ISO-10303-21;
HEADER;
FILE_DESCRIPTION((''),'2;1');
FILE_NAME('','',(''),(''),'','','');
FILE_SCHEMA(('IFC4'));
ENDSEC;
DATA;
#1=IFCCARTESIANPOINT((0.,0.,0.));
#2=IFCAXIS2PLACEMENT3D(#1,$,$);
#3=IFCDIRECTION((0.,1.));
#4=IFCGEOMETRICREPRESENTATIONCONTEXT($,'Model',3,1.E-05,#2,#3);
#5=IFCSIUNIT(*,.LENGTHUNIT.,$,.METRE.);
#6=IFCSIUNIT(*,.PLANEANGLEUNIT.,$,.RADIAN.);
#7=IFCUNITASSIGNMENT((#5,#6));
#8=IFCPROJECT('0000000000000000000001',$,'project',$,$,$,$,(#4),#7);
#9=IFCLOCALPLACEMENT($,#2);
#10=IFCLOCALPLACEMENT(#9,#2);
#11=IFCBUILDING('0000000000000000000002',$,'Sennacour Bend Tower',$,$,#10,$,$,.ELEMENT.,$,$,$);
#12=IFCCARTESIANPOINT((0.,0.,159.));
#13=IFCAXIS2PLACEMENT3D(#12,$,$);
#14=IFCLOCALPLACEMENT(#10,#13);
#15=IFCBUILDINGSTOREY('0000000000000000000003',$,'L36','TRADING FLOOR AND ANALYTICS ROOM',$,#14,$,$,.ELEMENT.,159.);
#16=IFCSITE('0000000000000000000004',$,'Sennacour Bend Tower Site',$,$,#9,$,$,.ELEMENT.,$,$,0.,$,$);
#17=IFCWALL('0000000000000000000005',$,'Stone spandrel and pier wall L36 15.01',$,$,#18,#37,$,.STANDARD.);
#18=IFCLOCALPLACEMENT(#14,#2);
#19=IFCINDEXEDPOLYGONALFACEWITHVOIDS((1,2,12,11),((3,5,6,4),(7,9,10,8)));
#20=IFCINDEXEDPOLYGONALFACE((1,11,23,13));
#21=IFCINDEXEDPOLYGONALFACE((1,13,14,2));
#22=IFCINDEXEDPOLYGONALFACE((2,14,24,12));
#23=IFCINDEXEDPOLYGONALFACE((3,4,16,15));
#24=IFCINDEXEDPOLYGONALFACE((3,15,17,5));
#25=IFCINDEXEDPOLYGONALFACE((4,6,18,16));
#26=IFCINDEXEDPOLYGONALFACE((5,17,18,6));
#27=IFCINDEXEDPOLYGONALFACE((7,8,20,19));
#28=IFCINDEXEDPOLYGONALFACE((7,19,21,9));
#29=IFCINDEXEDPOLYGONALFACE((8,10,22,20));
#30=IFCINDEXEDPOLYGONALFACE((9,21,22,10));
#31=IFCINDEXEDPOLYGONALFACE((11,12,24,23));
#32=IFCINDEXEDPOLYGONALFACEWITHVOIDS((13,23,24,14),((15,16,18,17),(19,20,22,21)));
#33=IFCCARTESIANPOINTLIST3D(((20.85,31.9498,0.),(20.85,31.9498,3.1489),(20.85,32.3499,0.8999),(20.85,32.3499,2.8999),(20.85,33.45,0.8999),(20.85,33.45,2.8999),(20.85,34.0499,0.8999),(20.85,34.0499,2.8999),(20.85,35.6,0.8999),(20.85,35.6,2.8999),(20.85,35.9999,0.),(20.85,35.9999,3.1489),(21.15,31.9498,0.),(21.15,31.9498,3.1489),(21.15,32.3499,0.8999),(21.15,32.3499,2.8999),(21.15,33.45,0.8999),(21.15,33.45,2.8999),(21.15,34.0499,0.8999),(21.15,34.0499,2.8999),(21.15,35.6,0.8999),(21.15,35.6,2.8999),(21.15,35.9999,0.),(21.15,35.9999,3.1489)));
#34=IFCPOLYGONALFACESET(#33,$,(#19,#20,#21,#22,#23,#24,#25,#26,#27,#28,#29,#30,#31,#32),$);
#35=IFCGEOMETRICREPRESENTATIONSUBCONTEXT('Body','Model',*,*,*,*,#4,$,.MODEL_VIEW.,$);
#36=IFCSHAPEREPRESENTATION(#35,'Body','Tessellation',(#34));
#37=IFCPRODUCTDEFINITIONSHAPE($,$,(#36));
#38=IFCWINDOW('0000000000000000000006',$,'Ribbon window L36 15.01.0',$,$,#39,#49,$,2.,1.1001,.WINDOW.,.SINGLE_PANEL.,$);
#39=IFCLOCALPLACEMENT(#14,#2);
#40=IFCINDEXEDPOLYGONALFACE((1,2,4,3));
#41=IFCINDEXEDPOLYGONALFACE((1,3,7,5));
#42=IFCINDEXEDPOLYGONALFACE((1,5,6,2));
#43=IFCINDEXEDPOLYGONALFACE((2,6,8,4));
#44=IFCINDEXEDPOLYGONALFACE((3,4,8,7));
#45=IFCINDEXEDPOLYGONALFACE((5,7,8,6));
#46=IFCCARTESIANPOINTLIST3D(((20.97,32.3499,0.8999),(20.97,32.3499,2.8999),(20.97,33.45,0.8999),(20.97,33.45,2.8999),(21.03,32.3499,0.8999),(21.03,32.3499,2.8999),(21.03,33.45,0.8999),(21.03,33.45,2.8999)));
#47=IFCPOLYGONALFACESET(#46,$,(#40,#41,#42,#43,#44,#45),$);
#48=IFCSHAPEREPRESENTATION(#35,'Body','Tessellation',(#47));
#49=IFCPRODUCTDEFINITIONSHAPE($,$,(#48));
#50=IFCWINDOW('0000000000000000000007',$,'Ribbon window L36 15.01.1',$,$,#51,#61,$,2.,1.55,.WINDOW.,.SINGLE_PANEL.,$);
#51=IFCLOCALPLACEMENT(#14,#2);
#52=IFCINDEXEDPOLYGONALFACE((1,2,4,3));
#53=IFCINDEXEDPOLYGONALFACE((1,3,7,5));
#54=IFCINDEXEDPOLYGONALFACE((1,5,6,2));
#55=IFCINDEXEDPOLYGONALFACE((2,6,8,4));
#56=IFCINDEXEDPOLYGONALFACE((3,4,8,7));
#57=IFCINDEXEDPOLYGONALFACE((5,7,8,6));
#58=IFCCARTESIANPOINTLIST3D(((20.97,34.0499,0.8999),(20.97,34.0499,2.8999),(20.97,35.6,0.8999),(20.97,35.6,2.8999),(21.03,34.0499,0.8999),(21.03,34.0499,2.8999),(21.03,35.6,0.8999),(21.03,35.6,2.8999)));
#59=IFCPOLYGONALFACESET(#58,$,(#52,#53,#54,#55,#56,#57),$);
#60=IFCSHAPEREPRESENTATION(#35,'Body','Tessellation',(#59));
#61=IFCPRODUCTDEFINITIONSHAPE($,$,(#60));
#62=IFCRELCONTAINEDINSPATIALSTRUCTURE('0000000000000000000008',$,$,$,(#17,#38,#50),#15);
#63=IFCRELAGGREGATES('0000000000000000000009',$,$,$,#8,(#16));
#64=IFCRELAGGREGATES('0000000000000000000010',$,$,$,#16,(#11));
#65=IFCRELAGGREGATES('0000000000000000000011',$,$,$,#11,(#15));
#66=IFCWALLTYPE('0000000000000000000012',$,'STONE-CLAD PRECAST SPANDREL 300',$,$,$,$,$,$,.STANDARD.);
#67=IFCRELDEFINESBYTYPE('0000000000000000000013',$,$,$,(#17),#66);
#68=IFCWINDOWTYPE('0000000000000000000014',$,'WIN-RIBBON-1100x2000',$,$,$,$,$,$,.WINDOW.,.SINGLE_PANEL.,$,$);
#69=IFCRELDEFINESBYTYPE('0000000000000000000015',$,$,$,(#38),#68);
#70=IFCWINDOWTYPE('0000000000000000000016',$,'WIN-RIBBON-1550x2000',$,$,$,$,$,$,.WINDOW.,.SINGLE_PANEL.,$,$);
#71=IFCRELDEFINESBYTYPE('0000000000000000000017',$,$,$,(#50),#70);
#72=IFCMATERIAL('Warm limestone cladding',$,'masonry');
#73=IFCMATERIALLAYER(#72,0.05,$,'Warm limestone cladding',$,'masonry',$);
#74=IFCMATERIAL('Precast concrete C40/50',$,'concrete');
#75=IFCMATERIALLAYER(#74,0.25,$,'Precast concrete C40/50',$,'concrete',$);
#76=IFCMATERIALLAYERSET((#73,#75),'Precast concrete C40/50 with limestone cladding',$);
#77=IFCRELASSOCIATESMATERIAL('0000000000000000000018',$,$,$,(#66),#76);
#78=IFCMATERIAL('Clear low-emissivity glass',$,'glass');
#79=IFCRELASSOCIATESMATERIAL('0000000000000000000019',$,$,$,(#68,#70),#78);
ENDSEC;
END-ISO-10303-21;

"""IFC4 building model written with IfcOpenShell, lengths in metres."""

from ifc_helpers import new_model, si_unit, direction, frame, frame_2d, origin, place, context, subcontext, project, spatial, rectangle, extrude, material, layer, layer_set, type_object, element, fill, save


model = new_model("IFC4")

# Units and contexts
model_context = context("Model", 3, precision=1e-05, world=origin(), true_north=direction((0.0, 1.0)))
body_context = subcontext(model_context, "Body", "Model", "MODEL_VIEW")
ifc_project = project(units=[si_unit("LENGTHUNIT", "METRE"), si_unit("PLANEANGLEUNIT", "RADIAN")], contexts=[model_context])

# Site, building, storey
site_placement = place(None, origin())
site = spatial("IfcSite", under=ifc_project, at=site_placement, Name="Sennacour Bend Tower Site", CompositionType="ELEMENT", RefElevation=0.0)
building_placement = place(site_placement, origin())
building = spatial("IfcBuilding", under=site, at=building_placement, Name="Sennacour Bend Tower", CompositionType="ELEMENT")
storey_placement = place(building_placement, frame((0.0, 0.0, 159.0)))
storey = spatial("IfcBuildingStorey", under=building, at=storey_placement, Name="L36", Description="TRADING FLOOR AND ANALYTICS ROOM", CompositionType="ELEMENT", Elevation=159.0)

# Shared definitions
ifc_material_1 = material(Name="Warm limestone cladding", Category="masonry")
ifc_layer_1 = layer(ifc_material_1, 0.05, Name="Warm limestone cladding", Category="masonry")
ifc_material_2 = material(Name="Precast concrete C40/50", Category="concrete")
ifc_layer_2 = layer(ifc_material_2, 0.25, Name="Precast concrete C40/50", Category="concrete")
ifc_layer_set_1 = layer_set([ifc_layer_1, ifc_layer_2], Name="Precast concrete C40/50 with limestone cladding")
wall_type_1 = type_object("IfcWallType", Name="STONE-CLAD PRECAST SPANDREL 300", PredefinedType="STANDARD", material=ifc_layer_set_1)

# Shared definitions
ifc_material_3 = material(Name="Clear low-emissivity glass", Category="glass")

# Wall, openings, windows
wall_1_placement = place(storey_placement, frame((21.0, 31.95, 0.0), z_axis=(0.0, 0.0, 1.0), x_axis=(0.0, 1.0, 0.0)))
wall_1 = element("IfcWall", 1, at=wall_1_placement, inside=storey, type_object=wall_type_1, Name="Stone spandrel and pier wall L36 15.01", PredefinedType="STANDARD", context=body_context, shape_type="SweptSolid", body=[
    extrude(rectangle(XDim=4.05, YDim=0.3, at=frame_2d((2.0249, 0.0))), origin(), (0.0, 0.0, 1.0), 3.1489),
])
opening_1_placement = place(wall_1_placement, frame((0.3999, 0.0, 0.8999)))
opening_1 = element("IfcOpeningElement", 2, at=opening_1_placement, cuts=wall_1, PredefinedType="OPENING", context=body_context, shape_type="SweptSolid", body=[
    extrude(rectangle(XDim=1.1001, YDim=2.0, at=frame_2d((0.55, 1.0))), frame((0.0, 0.1602, 0.0), z_axis=(0.0, -1.0, 0.0), x_axis=(1.0, 0.0, 0.0)), (0.0, 0.0, 1.0), 0.3201),
])
opening_2_placement = place(wall_1_placement, frame((2.1001, 0.0, 0.8999)))
opening_2 = element("IfcOpeningElement", 3, at=opening_2_placement, cuts=wall_1, PredefinedType="OPENING", context=body_context, shape_type="SweptSolid", body=[
    extrude(rectangle(XDim=1.55, YDim=2.0, at=frame_2d((0.7749, 1.0))), frame((0.0, 0.1602, 0.0), z_axis=(0.0, -1.0, 0.0), x_axis=(1.0, 0.0, 0.0)), (0.0, 0.0, 1.0), 0.3201),
])
window_type_1 = type_object("IfcWindowType", Name="WIN-RIBBON-1100x2000", PartitioningType="SINGLE_PANEL", PredefinedType="WINDOW", material=ifc_material_3)
window_1_placement = place(opening_1_placement, origin())
window_1 = element("IfcWindow", 4, at=window_1_placement, inside=storey, type_object=window_type_1, Name="Ribbon window L36 15.01.0", OverallHeight=2.0, OverallWidth=1.1001, PartitioningType="SINGLE_PANEL", PredefinedType="WINDOW", context=body_context, shape_type="SweptSolid", body=[
    extrude(rectangle(XDim=1.1001, YDim=2.0, at=frame_2d((0.55, 1.0))), frame((0.0, 0.03, 0.0), z_axis=(0.0, -1.0, 0.0), x_axis=(1.0, 0.0, 0.0)), (0.0, 0.0, 1.0), 0.0601),
])
fill(opening_1, window_1)
window_type_2 = type_object("IfcWindowType", Name="WIN-RIBBON-1550x2000", PartitioningType="SINGLE_PANEL", PredefinedType="WINDOW", material=ifc_material_3)
window_2_placement = place(opening_2_placement, origin())
window_2 = element("IfcWindow", 5, at=window_2_placement, inside=storey, type_object=window_type_2, Name="Ribbon window L36 15.01.1", OverallHeight=2.0, OverallWidth=1.55, PartitioningType="SINGLE_PANEL", PredefinedType="WINDOW", context=body_context, shape_type="SweptSolid", body=[
    extrude(rectangle(XDim=1.55, YDim=2.0, at=frame_2d((0.7749, 1.0))), frame((0.0, 0.03, 0.0), z_axis=(0.0, -1.0, 0.0), x_axis=(1.0, 0.0, 0.0)), (0.0, 0.0, 1.0), 0.0601),
])
fill(opening_2, window_2)

save(model, "model.ifc")
